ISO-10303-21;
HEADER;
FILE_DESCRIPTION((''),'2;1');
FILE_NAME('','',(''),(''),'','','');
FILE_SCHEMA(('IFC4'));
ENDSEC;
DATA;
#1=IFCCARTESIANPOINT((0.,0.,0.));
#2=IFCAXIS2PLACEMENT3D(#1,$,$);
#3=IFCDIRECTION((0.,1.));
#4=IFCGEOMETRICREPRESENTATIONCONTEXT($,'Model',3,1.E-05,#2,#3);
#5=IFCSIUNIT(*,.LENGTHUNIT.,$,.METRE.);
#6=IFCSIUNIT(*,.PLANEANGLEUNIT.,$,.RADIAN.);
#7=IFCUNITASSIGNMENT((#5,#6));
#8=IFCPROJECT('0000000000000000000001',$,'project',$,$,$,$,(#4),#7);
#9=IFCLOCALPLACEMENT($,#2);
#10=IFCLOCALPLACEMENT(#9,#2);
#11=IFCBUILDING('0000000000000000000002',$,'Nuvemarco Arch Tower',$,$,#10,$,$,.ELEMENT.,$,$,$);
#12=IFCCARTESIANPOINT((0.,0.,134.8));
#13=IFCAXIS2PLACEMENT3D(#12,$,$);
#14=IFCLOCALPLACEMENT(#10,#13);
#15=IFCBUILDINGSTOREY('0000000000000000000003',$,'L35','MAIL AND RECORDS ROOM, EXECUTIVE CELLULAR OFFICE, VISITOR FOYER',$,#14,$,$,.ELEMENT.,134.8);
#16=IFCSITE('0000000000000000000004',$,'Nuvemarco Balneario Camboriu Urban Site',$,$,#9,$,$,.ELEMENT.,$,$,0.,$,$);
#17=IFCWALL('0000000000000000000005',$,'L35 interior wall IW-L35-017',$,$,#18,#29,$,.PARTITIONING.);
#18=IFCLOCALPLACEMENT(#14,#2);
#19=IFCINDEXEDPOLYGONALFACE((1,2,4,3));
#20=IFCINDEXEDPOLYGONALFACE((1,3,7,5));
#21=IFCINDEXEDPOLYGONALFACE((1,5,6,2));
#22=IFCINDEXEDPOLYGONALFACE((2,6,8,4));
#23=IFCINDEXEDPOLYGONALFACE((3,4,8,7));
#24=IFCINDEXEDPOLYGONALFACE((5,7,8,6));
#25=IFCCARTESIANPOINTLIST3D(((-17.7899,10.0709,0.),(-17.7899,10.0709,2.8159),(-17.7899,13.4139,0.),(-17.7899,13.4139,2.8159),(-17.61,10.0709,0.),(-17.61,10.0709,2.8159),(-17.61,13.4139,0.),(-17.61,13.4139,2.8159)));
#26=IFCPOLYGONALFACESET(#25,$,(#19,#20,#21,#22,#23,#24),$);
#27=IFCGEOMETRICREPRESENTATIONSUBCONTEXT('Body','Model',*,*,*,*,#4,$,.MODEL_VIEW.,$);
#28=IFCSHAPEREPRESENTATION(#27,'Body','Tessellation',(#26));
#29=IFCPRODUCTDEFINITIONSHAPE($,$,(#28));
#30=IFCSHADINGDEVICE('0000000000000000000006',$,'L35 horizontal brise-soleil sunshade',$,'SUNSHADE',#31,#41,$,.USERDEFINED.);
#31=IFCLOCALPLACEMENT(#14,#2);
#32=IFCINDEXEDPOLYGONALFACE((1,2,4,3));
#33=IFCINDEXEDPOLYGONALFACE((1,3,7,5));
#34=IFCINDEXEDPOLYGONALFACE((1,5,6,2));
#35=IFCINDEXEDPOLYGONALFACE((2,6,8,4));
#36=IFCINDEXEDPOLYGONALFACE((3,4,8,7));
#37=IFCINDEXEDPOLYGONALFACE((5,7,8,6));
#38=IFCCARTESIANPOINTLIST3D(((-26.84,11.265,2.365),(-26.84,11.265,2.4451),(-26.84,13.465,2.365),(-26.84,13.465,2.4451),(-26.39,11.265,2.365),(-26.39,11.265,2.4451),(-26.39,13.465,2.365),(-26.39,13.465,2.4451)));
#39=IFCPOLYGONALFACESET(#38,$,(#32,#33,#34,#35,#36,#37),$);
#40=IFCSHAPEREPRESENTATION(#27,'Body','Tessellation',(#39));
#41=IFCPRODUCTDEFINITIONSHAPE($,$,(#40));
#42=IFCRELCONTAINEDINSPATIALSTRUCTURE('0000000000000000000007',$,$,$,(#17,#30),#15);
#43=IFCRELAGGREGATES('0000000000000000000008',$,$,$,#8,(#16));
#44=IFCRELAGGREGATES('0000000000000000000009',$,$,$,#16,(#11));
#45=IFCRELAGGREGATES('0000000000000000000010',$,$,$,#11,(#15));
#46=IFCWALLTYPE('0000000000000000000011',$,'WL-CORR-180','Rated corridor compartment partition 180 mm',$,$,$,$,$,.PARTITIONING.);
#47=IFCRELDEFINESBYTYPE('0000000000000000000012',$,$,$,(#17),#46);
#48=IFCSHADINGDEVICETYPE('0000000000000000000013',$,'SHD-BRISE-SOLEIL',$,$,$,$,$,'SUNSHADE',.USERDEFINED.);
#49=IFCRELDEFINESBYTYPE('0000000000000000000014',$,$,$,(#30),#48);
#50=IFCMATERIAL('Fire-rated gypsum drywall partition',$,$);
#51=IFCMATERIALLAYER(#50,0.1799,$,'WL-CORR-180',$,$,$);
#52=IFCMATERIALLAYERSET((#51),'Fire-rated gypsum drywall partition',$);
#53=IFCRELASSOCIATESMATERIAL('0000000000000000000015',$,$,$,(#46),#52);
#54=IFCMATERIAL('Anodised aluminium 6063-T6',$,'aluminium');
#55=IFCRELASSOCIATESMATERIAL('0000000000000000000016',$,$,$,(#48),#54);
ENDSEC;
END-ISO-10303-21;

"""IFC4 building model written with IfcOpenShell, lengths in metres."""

from ifc_helpers import new_model, si_unit, direction, frame, frame_2d, origin, origin_2d, place, context, subcontext, project, spatial, rectangle, extrude, source, transform, mapped, material, layer, layer_set, type_object, type_shapes, element, save


model = new_model("IFC4")

# Units and contexts
model_context = context("Model", 3, precision=1e-05, world=origin(), true_north=direction((0.0, 1.0)))
body_context = subcontext(model_context, "Body", "Model", "MODEL_VIEW")
ifc_project = project(units=[si_unit("LENGTHUNIT", "METRE"), si_unit("PLANEANGLEUNIT", "RADIAN")], contexts=[model_context])

# Site, building, storey
site_placement = place(None, origin())
site = spatial("IfcSite", under=ifc_project, at=site_placement, Name="Nuvemarco Balneario Camboriu Urban Site", CompositionType="ELEMENT", RefElevation=0.0)
building_placement = place(site_placement, origin())
building = spatial("IfcBuilding", under=site, at=building_placement, Name="Nuvemarco Arch Tower", CompositionType="ELEMENT")
storey_placement = place(building_placement, frame((0.0, 0.0, 134.8)))
storey = spatial("IfcBuildingStorey", under=building, at=storey_placement, Name="L35", Description="MAIL AND RECORDS ROOM, EXECUTIVE CELLULAR OFFICE, VISITOR FOYER", CompositionType="ELEMENT", Elevation=134.8)

# Shared definitions
ifc_material_1 = material(Name="Fire-rated gypsum drywall partition")
ifc_layer = layer(ifc_material_1, 0.1799, Name="WL-CORR-180")
ifc_layer_set = layer_set([ifc_layer], Name="Fire-rated gypsum drywall partition")
wall_type = type_object("IfcWallType", Name="WL-CORR-180", Description="Rated corridor compartment partition 180 mm", PredefinedType="PARTITIONING", material=ifc_layer_set)

# Wall
wall_1_placement = place(storey_placement, frame((-17.7, 10.071, 0.0), z_axis=(0.0, 0.0, 1.0), x_axis=(0.0, 1.0, 0.0)))
element("IfcWall", 1, at=wall_1_placement, inside=storey, type_object=wall_type, Name="L35 interior wall IW-L35-017", PredefinedType="PARTITIONING", context=body_context, shape_type="SweptSolid", body=[
    extrude(rectangle(XDim=3.343, YDim=0.1799, at=frame_2d((1.6714, 0.0))), origin(), (0.0, 0.0, 1.0), 2.8159),
])

# Shading device
ifc_material_2 = material(Name="Anodised aluminium 6063-T6", Category="aluminium")
shading_device_type = type_object("IfcShadingDeviceType", Name="SHD-BRISE-SOLEIL", ElementType="SUNSHADE", PredefinedType="USERDEFINED", material=ifc_material_2)
shared_shape_1 = source(origin(), body_context, "Body", "SweptSolid", [
    extrude(rectangle(XDim=2.2, YDim=0.45, at=origin_2d()), origin(), (0.0, 0.0, 1.0), 0.0801),
])
type_shapes(shading_device_type, [shared_shape_1])
shading_device_placement = place(storey_placement, frame((-26.615, 12.365, 2.365), z_axis=(0.0, 0.0, 1.0), x_axis=(0.0, 1.0, 0.0)))
element("IfcShadingDevice", 2, at=shading_device_placement, inside=storey, type_object=shading_device_type, Name="L35 horizontal brise-soleil sunshade", ObjectType="SUNSHADE", PredefinedType="USERDEFINED", context=body_context, shape_type="MappedRepresentation", body=[
    mapped(shared_shape_1, transform((0.0, 0.0, 0.0), scale=1.0)),
])

save(model, "model.ifc")
